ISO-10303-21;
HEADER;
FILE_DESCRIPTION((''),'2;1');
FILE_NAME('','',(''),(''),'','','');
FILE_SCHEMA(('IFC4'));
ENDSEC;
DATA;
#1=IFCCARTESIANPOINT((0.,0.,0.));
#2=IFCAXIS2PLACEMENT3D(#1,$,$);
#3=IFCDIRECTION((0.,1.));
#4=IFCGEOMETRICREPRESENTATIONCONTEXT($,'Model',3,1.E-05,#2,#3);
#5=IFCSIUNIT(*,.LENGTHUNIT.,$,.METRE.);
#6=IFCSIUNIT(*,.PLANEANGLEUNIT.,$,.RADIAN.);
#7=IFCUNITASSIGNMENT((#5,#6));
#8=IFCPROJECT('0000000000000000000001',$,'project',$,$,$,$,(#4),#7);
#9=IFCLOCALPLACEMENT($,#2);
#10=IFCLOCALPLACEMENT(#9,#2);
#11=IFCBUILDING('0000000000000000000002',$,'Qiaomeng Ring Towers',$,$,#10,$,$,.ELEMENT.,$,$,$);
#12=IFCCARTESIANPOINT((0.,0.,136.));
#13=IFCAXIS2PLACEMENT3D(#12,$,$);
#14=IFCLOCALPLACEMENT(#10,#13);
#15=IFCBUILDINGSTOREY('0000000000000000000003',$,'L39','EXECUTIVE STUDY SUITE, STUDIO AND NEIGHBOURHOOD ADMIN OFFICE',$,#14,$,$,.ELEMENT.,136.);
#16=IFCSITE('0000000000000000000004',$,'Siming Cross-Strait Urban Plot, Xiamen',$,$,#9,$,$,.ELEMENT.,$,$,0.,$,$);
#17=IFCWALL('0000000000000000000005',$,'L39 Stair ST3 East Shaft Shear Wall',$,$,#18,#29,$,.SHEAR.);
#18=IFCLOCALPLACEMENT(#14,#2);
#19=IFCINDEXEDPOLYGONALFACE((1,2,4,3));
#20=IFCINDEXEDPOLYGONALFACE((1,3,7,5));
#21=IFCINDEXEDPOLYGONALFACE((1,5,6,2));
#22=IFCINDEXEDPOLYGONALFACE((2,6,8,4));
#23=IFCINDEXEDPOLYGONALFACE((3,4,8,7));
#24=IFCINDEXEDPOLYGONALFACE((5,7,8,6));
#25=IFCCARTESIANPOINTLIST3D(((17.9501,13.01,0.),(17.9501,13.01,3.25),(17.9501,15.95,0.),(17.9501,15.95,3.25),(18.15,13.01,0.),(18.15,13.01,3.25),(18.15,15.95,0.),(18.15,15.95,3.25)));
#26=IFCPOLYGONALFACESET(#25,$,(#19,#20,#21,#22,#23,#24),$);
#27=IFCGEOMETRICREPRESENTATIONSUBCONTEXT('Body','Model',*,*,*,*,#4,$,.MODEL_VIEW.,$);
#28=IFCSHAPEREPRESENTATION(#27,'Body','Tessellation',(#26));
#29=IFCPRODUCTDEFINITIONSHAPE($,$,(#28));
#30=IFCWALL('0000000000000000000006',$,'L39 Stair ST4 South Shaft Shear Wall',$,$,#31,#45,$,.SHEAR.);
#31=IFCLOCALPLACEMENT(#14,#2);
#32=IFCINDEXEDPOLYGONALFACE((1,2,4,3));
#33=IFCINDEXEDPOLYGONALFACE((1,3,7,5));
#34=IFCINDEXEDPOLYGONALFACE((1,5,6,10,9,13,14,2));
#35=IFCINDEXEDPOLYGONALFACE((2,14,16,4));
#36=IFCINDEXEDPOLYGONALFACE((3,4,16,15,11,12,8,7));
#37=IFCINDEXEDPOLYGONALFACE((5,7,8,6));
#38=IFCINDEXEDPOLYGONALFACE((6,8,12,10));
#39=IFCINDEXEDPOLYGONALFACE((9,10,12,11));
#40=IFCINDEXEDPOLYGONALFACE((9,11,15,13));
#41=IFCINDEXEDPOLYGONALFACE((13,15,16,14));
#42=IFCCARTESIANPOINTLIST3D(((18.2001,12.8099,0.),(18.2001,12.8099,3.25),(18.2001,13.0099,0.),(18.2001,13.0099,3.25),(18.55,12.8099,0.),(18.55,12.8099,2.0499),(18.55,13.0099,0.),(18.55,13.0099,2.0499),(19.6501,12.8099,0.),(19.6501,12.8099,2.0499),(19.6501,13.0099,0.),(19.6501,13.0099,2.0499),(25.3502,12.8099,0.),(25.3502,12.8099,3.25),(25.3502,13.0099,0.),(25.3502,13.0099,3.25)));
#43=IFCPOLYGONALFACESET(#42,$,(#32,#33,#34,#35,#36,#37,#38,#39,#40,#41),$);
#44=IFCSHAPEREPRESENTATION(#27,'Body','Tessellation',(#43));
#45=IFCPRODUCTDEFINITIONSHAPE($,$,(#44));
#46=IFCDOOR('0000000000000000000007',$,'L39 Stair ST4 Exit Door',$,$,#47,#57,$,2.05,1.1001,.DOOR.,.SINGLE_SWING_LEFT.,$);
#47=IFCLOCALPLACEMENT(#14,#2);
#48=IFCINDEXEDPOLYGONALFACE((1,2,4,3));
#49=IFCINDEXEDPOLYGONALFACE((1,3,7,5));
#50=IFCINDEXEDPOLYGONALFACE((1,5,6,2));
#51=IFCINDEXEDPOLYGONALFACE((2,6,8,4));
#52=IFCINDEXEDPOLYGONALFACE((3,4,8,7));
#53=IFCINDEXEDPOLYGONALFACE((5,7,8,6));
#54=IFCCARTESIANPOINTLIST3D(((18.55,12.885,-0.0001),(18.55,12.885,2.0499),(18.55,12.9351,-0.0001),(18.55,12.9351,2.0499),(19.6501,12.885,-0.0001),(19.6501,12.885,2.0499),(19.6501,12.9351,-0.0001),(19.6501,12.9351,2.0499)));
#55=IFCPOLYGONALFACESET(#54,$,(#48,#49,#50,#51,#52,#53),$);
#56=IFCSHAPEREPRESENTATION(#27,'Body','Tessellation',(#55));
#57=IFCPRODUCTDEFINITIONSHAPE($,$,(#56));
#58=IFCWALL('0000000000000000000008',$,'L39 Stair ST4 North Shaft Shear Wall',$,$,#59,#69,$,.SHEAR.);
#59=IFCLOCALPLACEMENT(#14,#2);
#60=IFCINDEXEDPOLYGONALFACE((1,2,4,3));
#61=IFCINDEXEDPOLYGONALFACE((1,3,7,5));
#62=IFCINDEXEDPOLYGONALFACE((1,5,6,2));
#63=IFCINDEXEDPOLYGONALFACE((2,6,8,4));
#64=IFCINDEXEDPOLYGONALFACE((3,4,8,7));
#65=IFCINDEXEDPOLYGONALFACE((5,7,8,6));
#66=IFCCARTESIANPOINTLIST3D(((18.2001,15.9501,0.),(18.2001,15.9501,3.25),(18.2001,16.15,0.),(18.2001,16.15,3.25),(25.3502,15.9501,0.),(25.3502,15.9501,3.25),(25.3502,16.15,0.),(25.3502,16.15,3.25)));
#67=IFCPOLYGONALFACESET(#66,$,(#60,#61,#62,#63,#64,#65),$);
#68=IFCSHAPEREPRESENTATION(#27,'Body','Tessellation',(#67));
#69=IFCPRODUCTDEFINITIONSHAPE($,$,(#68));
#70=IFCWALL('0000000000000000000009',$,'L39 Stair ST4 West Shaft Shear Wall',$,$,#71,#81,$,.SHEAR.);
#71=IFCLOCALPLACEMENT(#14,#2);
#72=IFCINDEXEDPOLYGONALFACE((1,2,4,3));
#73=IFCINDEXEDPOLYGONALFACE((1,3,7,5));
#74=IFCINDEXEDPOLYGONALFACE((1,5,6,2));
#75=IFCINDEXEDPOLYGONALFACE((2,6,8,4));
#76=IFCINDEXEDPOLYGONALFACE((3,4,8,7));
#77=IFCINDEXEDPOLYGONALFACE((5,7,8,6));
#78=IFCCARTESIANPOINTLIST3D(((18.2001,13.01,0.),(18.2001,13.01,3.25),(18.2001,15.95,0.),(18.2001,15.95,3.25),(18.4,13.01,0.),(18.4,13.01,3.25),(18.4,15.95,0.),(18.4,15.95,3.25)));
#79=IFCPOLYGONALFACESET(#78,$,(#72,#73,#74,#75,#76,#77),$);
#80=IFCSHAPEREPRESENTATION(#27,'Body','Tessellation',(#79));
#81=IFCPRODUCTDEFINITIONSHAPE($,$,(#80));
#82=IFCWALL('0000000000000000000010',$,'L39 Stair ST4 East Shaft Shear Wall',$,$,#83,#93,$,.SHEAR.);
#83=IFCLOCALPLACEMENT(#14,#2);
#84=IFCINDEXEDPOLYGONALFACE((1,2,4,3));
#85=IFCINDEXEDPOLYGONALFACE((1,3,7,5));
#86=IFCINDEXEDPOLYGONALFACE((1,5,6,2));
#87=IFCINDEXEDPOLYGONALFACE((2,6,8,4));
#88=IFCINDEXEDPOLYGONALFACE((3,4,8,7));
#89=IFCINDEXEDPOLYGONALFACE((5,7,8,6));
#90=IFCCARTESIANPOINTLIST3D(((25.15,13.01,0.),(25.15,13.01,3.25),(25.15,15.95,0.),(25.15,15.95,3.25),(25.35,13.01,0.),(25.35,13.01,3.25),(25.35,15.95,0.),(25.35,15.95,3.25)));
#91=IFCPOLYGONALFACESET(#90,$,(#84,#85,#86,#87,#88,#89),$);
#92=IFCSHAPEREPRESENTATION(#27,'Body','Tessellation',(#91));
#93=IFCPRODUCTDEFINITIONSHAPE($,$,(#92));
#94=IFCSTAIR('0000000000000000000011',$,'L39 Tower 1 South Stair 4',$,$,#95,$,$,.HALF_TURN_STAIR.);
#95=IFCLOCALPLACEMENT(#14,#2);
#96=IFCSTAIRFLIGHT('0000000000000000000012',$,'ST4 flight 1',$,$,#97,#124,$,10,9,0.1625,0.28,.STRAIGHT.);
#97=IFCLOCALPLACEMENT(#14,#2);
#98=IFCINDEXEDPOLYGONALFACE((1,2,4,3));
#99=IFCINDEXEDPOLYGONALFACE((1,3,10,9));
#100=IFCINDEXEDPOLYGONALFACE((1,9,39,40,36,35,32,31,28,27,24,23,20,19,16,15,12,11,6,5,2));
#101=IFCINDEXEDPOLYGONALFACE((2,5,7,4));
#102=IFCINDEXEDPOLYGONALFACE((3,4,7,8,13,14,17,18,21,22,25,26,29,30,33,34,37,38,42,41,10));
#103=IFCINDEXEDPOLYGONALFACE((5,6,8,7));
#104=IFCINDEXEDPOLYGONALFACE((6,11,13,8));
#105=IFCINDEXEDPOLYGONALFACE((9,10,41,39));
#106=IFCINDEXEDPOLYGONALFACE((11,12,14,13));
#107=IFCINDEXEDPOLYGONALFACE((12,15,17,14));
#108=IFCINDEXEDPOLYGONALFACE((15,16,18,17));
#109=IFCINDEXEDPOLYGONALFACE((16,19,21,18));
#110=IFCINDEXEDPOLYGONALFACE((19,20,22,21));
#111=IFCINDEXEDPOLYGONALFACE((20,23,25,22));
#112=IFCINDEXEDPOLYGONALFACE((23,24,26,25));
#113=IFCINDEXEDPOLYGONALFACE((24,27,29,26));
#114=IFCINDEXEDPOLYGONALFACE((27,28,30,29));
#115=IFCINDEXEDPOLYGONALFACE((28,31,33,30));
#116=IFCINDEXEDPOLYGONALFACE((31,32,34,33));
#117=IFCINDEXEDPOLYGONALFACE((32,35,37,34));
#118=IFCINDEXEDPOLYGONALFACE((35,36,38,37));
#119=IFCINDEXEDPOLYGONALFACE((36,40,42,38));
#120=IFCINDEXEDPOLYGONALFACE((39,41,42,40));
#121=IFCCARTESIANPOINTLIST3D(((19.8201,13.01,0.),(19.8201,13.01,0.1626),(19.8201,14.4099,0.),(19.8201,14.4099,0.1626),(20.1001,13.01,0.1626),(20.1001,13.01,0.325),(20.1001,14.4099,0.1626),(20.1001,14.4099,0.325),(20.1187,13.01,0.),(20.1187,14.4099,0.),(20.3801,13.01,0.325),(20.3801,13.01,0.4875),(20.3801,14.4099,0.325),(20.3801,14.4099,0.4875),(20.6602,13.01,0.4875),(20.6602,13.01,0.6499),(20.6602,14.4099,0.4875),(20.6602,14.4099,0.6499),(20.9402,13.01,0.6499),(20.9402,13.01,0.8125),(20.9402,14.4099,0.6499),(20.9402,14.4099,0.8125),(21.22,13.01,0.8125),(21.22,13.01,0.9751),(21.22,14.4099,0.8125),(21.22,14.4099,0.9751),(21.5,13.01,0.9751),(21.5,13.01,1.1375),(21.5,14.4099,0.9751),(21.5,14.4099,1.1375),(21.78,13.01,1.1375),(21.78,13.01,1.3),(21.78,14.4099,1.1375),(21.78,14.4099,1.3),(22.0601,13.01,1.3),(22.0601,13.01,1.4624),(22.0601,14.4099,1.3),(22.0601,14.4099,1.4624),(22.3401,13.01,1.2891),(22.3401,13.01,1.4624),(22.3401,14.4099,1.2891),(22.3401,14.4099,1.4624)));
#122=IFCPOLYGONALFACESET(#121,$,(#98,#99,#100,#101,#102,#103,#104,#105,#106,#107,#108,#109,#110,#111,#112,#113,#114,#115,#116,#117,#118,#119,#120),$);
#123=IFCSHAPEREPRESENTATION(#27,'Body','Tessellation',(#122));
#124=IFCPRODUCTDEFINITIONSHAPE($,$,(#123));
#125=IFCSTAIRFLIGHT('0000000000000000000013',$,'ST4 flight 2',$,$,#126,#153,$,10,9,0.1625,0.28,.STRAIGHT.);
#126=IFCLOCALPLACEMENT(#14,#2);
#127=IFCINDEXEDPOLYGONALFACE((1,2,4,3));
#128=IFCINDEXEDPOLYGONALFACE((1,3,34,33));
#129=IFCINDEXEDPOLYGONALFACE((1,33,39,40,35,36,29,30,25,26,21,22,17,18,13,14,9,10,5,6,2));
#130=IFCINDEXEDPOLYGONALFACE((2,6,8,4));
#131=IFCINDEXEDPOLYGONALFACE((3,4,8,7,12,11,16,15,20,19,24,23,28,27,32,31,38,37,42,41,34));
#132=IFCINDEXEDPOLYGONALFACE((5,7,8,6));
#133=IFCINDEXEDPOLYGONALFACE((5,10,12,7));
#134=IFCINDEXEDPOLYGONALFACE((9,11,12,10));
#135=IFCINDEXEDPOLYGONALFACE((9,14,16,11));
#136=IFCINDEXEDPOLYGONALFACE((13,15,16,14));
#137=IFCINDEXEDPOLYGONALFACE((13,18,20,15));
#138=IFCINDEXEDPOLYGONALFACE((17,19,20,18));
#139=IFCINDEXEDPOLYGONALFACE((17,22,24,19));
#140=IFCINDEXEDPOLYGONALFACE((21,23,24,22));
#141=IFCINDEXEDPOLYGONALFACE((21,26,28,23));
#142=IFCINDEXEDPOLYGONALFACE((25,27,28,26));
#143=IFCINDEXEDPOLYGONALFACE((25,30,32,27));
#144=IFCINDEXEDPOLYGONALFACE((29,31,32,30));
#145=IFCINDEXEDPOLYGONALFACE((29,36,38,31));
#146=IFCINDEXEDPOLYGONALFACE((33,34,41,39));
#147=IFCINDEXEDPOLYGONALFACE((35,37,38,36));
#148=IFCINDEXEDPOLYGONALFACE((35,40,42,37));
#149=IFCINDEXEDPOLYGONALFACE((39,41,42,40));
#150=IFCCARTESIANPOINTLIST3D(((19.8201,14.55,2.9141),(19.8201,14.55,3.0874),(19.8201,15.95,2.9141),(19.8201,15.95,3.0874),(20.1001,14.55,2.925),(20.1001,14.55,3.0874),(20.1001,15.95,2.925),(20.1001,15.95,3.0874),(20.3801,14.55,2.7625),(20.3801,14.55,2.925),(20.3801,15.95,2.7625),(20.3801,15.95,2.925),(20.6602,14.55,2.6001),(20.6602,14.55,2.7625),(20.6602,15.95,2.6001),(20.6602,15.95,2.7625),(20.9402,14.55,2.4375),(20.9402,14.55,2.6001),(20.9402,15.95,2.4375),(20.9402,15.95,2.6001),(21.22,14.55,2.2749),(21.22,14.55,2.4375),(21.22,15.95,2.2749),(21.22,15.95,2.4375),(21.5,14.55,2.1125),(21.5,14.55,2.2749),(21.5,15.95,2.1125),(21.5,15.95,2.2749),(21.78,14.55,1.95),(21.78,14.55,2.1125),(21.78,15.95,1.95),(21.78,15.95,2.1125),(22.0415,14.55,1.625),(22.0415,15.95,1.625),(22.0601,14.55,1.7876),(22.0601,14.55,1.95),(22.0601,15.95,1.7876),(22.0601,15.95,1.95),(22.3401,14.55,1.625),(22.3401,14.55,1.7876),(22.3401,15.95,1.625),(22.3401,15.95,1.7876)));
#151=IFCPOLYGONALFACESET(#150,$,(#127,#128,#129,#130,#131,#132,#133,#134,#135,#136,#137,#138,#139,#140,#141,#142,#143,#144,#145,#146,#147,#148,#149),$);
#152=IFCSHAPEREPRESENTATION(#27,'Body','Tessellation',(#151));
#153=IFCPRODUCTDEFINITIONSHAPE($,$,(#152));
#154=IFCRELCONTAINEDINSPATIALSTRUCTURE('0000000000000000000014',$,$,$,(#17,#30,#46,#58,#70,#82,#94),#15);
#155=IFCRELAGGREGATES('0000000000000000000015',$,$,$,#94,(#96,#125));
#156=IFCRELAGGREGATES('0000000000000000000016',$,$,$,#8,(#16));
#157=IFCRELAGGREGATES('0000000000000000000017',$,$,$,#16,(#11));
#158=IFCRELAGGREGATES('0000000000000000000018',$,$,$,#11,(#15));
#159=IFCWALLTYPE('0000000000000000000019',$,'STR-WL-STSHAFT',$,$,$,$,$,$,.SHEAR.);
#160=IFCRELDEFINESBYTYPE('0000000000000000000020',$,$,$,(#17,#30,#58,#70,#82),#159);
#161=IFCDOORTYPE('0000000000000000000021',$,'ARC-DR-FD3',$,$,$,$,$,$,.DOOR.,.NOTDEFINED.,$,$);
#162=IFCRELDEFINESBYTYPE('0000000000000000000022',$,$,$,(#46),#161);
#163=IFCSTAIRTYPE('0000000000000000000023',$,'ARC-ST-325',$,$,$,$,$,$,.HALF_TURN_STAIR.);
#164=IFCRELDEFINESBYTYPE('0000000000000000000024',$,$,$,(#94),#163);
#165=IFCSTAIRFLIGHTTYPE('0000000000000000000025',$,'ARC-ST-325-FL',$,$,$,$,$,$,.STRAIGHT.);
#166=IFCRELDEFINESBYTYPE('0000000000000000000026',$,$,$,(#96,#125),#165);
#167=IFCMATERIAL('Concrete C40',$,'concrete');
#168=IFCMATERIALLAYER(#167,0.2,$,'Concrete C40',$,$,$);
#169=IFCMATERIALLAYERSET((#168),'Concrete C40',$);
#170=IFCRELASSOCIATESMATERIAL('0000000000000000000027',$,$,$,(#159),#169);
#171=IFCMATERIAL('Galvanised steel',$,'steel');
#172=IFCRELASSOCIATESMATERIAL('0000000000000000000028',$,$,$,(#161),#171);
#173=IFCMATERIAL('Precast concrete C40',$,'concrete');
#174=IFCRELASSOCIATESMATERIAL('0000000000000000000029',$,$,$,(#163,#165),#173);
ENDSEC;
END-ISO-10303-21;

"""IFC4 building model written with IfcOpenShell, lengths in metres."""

from ifc_helpers import new_model, si_unit, direction, frame, frame_2d, origin, place, context, subcontext, project, spatial, polyline, rectangle, outline, extrude, source, transform, mapped, material, layer, layer_set, type_object, element, fill, aggregate, save


model = new_model("IFC4")

# Units and contexts
model_context = context("Model", 3, precision=1e-05, world=origin(), true_north=direction((0.0, 1.0)))
body_context = subcontext(model_context, "Body", "Model", "MODEL_VIEW")
ifc_project = project(units=[si_unit("LENGTHUNIT", "METRE"), si_unit("PLANEANGLEUNIT", "RADIAN")], contexts=[model_context])

# Site, building, storey
site_placement = place(None, origin())
site = spatial("IfcSite", under=ifc_project, at=site_placement, Name="Siming Cross-Strait Urban Plot, Xiamen", CompositionType="ELEMENT", RefElevation=0.0)
building_placement = place(site_placement, origin())
building = spatial("IfcBuilding", under=site, at=building_placement, Name="Qiaomeng Ring Towers", CompositionType="ELEMENT")
storey_placement = place(building_placement, frame((0.0, 0.0, 136.0)))
storey = spatial("IfcBuildingStorey", under=building, at=storey_placement, Name="L39", Description="EXECUTIVE STUDY SUITE, STUDIO AND NEIGHBOURHOOD ADMIN OFFICE", CompositionType="ELEMENT", Elevation=136.0)

# Wall
ifc_material_1 = material(Name="Concrete C40", Category="concrete")
ifc_layer_1 = layer(ifc_material_1, 0.2, Name="Concrete C40")
ifc_layer_set_1 = layer_set([ifc_layer_1], Name="Concrete C40")
wall_type_1 = type_object("IfcWallType", Name="STR-WL-STSHAFT", PredefinedType="SHEAR", material=ifc_layer_set_1)
wall_1_placement = place(storey_placement, frame((18.05, 13.01, 0.0), z_axis=(0.0, 0.0, 1.0), x_axis=(0.0, 1.0, 0.0)))
element("IfcWall", 1, at=wall_1_placement, inside=storey, type_object=wall_type_1, Name="L39 Stair ST3 East Shaft Shear Wall", PredefinedType="SHEAR", context=body_context, shape_type="SweptSolid", body=[
    extrude(rectangle(XDim=2.9399, YDim=0.2, at=frame_2d((1.47, 0.0))), origin(), (0.0, 0.0, 1.0), 3.25),
])

# Wall, opening, door
wall_2_placement = place(storey_placement, frame((18.2, 12.9099, 0.0), z_axis=(0.0, 0.0, 1.0), x_axis=(1.0, 0.0, 0.0)))
wall_2 = element("IfcWall", 2, at=wall_2_placement, inside=storey, type_object=wall_type_1, Name="L39 Stair ST4 South Shaft Shear Wall", PredefinedType="SHEAR", context=body_context, shape_type="SweptSolid", body=[
    extrude(rectangle(XDim=7.1501, YDim=0.2, at=frame_2d((3.5752, 0.0))), origin(), (0.0, 0.0, 1.0), 3.25),
])
opening_placement = place(wall_2_placement, frame((0.3501, 0.0, 0.0)))
opening = element("IfcOpeningElement", 3, at=opening_placement, cuts=wall_2, PredefinedType="OPENING", context=body_context, shape_type="SweptSolid", body=[
    extrude(rectangle(XDim=1.1001, YDim=2.05, at=frame_2d((0.55, 1.0249))), frame((0.0, 0.1099, 0.0), z_axis=(0.0, -1.0, 0.0), x_axis=(1.0, 0.0, 0.0)), (0.0, 0.0, 1.0), 0.22),
])
ifc_material_2 = material(Name="Galvanised steel", Category="steel")
door_type = type_object("IfcDoorType", Name="ARC-DR-FD3", OperationType="NOTDEFINED", PredefinedType="DOOR", material=ifc_material_2)
shared_shape_1 = source(origin(), body_context, "Body", "SweptSolid", [
    extrude(rectangle(XDim=1.1001, YDim=2.05, at=frame_2d((0.55, 1.0249))), frame((0.0, 0.0249, 0.0), z_axis=(0.0, -1.0, 0.0), x_axis=(1.0, 0.0, 0.0)), (0.0, 0.0, 1.0), 0.05),
])
door_placement = place(opening_placement, frame((1.1001, 0.0, 0.0), z_axis=(0.0, 0.0, 1.0), x_axis=(-1.0, 0.0, 0.0)))
door = element("IfcDoor", 4, at=door_placement, inside=storey, type_object=door_type, Name="L39 Stair ST4 Exit Door", OperationType="SINGLE_SWING_LEFT", OverallHeight=2.05, OverallWidth=1.1001, PredefinedType="DOOR", context=body_context, shape_type="MappedRepresentation", body=[
    mapped(shared_shape_1, transform((0.0, 0.0, 0.0), x_axis=(1.0, 0.0, 0.0), y_axis=(0.0, 1.0, 0.0), z_axis=(0.0, 0.0, 1.0), scale=1.0)),
])
fill(opening, door)

# Walls
wall_3_placement = place(storey_placement, frame((18.2, 16.05, 0.0), z_axis=(0.0, 0.0, 1.0), x_axis=(1.0, 0.0, 0.0)))
element("IfcWall", 5, at=wall_3_placement, inside=storey, type_object=wall_type_1, Name="L39 Stair ST4 North Shaft Shear Wall", PredefinedType="SHEAR", context=body_context, shape_type="SweptSolid", body=[
    extrude(rectangle(XDim=7.1501, YDim=0.2, at=frame_2d((3.5752, 0.0))), origin(), (0.0, 0.0, 1.0), 3.25),
])
for number, where, z_axis, x_axis, name in (
    (6, (18.3, 13.01, 0.0), (0.0, 0.0, 1.0), (0.0, 1.0, 0.0), "L39 Stair ST4 West Shaft Shear Wall"),
    (7, (25.25, 13.01, 0.0), (0.0, 0.0, 1.0), (0.0, 1.0, 0.0), "L39 Stair ST4 East Shaft Shear Wall"),
):
    element("IfcWall", number, at=place(storey_placement, frame(where, z_axis=z_axis, x_axis=x_axis)), inside=storey, type_object=wall_type_1, Name=name, PredefinedType="SHEAR", context=body_context, shape_type="SweptSolid", body=[
        extrude(rectangle(XDim=2.9399, YDim=0.2, at=frame_2d((1.47, 0.0))), origin(), (0.0, 0.0, 1.0), 3.25),
    ])

# Stair, stair flights
ifc_material_3 = material(Name="Precast concrete C40", Category="concrete")
stair_type = type_object("IfcStairType", Name="ARC-ST-325", PredefinedType="HALF_TURN_STAIR", material=ifc_material_3)
stair_placement = place(storey_placement, origin())
stair = element("IfcStair", 8, at=stair_placement, inside=storey, type_object=stair_type, Name="L39 Tower 1 South Stair 4", PredefinedType="HALF_TURN_STAIR")
stair_flight_type = type_object("IfcStairFlightType", Name="ARC-ST-325-FL", PredefinedType="STRAIGHT", material=ifc_material_3)
shared_shape_2 = source(origin(), body_context, "Body", "SweptSolid", [
    extrude(outline(polyline([(0.0, 0.0), (0.0, 0.1626), (0.28, 0.1626), (0.28, 0.325), (0.5601, 0.325), (0.5601, 0.4875), (0.8401, 0.4875), (0.8401, 0.6499), (1.1201, 0.6499), (1.1201, 0.8125), (1.3999, 0.8125), (1.3999, 0.9751), (1.6799, 0.9751), (1.6799, 1.1375), (1.96, 1.1375), (1.96, 1.3), (2.24, 1.3), (2.24, 1.4624), (2.52, 1.4624), (2.52, 1.625), (2.52, 1.2891), (0.2986, 0.0), (0.0, 0.0)])), frame((0.0, 0.7, 0.0), z_axis=(0.0, -1.0, 0.0), x_axis=(1.0, 0.0, 0.0)), (0.0, 0.0, 1.0), 1.3999),
])
stair_flight_1_placement = place(storey_placement, frame((19.8201, 13.71, 0.0), z_axis=(0.0, 0.0, 1.0), x_axis=(1.0, 0.0, 0.0)))
stair_flight_1 = element("IfcStairFlight", 9, at=stair_flight_1_placement, type_object=stair_flight_type, Name="ST4 flight 1", NumberOfRisers=10, NumberOfTreads=9, PredefinedType="STRAIGHT", RiserHeight=0.1625, TreadLength=0.28, context=body_context, shape_type="MappedRepresentation", body=[
    mapped(shared_shape_2, transform((0.0, 0.0, 0.0), x_axis=(1.0, 0.0, 0.0), y_axis=(0.0, 1.0, 0.0), z_axis=(0.0, 0.0, 1.0), scale=1.0)),
])
stair_flight_2_placement = place(storey_placement, frame((22.3401, 15.25, 1.625), z_axis=(0.0, 0.0, 1.0), x_axis=(-1.0, 0.0, 0.0)))
stair_flight_2 = element("IfcStairFlight", 10, at=stair_flight_2_placement, type_object=stair_flight_type, Name="ST4 flight 2", NumberOfRisers=10, NumberOfTreads=9, PredefinedType="STRAIGHT", RiserHeight=0.1625, TreadLength=0.28, context=body_context, shape_type="MappedRepresentation", body=[
    mapped(shared_shape_2, transform((0.0, 0.0, 0.0), x_axis=(1.0, 0.0, 0.0), y_axis=(0.0, 1.0, 0.0), z_axis=(0.0, 0.0, 1.0), scale=1.0)),
])
aggregate(stair, [stair_flight_1, stair_flight_2])

save(model, "model.ifc")
